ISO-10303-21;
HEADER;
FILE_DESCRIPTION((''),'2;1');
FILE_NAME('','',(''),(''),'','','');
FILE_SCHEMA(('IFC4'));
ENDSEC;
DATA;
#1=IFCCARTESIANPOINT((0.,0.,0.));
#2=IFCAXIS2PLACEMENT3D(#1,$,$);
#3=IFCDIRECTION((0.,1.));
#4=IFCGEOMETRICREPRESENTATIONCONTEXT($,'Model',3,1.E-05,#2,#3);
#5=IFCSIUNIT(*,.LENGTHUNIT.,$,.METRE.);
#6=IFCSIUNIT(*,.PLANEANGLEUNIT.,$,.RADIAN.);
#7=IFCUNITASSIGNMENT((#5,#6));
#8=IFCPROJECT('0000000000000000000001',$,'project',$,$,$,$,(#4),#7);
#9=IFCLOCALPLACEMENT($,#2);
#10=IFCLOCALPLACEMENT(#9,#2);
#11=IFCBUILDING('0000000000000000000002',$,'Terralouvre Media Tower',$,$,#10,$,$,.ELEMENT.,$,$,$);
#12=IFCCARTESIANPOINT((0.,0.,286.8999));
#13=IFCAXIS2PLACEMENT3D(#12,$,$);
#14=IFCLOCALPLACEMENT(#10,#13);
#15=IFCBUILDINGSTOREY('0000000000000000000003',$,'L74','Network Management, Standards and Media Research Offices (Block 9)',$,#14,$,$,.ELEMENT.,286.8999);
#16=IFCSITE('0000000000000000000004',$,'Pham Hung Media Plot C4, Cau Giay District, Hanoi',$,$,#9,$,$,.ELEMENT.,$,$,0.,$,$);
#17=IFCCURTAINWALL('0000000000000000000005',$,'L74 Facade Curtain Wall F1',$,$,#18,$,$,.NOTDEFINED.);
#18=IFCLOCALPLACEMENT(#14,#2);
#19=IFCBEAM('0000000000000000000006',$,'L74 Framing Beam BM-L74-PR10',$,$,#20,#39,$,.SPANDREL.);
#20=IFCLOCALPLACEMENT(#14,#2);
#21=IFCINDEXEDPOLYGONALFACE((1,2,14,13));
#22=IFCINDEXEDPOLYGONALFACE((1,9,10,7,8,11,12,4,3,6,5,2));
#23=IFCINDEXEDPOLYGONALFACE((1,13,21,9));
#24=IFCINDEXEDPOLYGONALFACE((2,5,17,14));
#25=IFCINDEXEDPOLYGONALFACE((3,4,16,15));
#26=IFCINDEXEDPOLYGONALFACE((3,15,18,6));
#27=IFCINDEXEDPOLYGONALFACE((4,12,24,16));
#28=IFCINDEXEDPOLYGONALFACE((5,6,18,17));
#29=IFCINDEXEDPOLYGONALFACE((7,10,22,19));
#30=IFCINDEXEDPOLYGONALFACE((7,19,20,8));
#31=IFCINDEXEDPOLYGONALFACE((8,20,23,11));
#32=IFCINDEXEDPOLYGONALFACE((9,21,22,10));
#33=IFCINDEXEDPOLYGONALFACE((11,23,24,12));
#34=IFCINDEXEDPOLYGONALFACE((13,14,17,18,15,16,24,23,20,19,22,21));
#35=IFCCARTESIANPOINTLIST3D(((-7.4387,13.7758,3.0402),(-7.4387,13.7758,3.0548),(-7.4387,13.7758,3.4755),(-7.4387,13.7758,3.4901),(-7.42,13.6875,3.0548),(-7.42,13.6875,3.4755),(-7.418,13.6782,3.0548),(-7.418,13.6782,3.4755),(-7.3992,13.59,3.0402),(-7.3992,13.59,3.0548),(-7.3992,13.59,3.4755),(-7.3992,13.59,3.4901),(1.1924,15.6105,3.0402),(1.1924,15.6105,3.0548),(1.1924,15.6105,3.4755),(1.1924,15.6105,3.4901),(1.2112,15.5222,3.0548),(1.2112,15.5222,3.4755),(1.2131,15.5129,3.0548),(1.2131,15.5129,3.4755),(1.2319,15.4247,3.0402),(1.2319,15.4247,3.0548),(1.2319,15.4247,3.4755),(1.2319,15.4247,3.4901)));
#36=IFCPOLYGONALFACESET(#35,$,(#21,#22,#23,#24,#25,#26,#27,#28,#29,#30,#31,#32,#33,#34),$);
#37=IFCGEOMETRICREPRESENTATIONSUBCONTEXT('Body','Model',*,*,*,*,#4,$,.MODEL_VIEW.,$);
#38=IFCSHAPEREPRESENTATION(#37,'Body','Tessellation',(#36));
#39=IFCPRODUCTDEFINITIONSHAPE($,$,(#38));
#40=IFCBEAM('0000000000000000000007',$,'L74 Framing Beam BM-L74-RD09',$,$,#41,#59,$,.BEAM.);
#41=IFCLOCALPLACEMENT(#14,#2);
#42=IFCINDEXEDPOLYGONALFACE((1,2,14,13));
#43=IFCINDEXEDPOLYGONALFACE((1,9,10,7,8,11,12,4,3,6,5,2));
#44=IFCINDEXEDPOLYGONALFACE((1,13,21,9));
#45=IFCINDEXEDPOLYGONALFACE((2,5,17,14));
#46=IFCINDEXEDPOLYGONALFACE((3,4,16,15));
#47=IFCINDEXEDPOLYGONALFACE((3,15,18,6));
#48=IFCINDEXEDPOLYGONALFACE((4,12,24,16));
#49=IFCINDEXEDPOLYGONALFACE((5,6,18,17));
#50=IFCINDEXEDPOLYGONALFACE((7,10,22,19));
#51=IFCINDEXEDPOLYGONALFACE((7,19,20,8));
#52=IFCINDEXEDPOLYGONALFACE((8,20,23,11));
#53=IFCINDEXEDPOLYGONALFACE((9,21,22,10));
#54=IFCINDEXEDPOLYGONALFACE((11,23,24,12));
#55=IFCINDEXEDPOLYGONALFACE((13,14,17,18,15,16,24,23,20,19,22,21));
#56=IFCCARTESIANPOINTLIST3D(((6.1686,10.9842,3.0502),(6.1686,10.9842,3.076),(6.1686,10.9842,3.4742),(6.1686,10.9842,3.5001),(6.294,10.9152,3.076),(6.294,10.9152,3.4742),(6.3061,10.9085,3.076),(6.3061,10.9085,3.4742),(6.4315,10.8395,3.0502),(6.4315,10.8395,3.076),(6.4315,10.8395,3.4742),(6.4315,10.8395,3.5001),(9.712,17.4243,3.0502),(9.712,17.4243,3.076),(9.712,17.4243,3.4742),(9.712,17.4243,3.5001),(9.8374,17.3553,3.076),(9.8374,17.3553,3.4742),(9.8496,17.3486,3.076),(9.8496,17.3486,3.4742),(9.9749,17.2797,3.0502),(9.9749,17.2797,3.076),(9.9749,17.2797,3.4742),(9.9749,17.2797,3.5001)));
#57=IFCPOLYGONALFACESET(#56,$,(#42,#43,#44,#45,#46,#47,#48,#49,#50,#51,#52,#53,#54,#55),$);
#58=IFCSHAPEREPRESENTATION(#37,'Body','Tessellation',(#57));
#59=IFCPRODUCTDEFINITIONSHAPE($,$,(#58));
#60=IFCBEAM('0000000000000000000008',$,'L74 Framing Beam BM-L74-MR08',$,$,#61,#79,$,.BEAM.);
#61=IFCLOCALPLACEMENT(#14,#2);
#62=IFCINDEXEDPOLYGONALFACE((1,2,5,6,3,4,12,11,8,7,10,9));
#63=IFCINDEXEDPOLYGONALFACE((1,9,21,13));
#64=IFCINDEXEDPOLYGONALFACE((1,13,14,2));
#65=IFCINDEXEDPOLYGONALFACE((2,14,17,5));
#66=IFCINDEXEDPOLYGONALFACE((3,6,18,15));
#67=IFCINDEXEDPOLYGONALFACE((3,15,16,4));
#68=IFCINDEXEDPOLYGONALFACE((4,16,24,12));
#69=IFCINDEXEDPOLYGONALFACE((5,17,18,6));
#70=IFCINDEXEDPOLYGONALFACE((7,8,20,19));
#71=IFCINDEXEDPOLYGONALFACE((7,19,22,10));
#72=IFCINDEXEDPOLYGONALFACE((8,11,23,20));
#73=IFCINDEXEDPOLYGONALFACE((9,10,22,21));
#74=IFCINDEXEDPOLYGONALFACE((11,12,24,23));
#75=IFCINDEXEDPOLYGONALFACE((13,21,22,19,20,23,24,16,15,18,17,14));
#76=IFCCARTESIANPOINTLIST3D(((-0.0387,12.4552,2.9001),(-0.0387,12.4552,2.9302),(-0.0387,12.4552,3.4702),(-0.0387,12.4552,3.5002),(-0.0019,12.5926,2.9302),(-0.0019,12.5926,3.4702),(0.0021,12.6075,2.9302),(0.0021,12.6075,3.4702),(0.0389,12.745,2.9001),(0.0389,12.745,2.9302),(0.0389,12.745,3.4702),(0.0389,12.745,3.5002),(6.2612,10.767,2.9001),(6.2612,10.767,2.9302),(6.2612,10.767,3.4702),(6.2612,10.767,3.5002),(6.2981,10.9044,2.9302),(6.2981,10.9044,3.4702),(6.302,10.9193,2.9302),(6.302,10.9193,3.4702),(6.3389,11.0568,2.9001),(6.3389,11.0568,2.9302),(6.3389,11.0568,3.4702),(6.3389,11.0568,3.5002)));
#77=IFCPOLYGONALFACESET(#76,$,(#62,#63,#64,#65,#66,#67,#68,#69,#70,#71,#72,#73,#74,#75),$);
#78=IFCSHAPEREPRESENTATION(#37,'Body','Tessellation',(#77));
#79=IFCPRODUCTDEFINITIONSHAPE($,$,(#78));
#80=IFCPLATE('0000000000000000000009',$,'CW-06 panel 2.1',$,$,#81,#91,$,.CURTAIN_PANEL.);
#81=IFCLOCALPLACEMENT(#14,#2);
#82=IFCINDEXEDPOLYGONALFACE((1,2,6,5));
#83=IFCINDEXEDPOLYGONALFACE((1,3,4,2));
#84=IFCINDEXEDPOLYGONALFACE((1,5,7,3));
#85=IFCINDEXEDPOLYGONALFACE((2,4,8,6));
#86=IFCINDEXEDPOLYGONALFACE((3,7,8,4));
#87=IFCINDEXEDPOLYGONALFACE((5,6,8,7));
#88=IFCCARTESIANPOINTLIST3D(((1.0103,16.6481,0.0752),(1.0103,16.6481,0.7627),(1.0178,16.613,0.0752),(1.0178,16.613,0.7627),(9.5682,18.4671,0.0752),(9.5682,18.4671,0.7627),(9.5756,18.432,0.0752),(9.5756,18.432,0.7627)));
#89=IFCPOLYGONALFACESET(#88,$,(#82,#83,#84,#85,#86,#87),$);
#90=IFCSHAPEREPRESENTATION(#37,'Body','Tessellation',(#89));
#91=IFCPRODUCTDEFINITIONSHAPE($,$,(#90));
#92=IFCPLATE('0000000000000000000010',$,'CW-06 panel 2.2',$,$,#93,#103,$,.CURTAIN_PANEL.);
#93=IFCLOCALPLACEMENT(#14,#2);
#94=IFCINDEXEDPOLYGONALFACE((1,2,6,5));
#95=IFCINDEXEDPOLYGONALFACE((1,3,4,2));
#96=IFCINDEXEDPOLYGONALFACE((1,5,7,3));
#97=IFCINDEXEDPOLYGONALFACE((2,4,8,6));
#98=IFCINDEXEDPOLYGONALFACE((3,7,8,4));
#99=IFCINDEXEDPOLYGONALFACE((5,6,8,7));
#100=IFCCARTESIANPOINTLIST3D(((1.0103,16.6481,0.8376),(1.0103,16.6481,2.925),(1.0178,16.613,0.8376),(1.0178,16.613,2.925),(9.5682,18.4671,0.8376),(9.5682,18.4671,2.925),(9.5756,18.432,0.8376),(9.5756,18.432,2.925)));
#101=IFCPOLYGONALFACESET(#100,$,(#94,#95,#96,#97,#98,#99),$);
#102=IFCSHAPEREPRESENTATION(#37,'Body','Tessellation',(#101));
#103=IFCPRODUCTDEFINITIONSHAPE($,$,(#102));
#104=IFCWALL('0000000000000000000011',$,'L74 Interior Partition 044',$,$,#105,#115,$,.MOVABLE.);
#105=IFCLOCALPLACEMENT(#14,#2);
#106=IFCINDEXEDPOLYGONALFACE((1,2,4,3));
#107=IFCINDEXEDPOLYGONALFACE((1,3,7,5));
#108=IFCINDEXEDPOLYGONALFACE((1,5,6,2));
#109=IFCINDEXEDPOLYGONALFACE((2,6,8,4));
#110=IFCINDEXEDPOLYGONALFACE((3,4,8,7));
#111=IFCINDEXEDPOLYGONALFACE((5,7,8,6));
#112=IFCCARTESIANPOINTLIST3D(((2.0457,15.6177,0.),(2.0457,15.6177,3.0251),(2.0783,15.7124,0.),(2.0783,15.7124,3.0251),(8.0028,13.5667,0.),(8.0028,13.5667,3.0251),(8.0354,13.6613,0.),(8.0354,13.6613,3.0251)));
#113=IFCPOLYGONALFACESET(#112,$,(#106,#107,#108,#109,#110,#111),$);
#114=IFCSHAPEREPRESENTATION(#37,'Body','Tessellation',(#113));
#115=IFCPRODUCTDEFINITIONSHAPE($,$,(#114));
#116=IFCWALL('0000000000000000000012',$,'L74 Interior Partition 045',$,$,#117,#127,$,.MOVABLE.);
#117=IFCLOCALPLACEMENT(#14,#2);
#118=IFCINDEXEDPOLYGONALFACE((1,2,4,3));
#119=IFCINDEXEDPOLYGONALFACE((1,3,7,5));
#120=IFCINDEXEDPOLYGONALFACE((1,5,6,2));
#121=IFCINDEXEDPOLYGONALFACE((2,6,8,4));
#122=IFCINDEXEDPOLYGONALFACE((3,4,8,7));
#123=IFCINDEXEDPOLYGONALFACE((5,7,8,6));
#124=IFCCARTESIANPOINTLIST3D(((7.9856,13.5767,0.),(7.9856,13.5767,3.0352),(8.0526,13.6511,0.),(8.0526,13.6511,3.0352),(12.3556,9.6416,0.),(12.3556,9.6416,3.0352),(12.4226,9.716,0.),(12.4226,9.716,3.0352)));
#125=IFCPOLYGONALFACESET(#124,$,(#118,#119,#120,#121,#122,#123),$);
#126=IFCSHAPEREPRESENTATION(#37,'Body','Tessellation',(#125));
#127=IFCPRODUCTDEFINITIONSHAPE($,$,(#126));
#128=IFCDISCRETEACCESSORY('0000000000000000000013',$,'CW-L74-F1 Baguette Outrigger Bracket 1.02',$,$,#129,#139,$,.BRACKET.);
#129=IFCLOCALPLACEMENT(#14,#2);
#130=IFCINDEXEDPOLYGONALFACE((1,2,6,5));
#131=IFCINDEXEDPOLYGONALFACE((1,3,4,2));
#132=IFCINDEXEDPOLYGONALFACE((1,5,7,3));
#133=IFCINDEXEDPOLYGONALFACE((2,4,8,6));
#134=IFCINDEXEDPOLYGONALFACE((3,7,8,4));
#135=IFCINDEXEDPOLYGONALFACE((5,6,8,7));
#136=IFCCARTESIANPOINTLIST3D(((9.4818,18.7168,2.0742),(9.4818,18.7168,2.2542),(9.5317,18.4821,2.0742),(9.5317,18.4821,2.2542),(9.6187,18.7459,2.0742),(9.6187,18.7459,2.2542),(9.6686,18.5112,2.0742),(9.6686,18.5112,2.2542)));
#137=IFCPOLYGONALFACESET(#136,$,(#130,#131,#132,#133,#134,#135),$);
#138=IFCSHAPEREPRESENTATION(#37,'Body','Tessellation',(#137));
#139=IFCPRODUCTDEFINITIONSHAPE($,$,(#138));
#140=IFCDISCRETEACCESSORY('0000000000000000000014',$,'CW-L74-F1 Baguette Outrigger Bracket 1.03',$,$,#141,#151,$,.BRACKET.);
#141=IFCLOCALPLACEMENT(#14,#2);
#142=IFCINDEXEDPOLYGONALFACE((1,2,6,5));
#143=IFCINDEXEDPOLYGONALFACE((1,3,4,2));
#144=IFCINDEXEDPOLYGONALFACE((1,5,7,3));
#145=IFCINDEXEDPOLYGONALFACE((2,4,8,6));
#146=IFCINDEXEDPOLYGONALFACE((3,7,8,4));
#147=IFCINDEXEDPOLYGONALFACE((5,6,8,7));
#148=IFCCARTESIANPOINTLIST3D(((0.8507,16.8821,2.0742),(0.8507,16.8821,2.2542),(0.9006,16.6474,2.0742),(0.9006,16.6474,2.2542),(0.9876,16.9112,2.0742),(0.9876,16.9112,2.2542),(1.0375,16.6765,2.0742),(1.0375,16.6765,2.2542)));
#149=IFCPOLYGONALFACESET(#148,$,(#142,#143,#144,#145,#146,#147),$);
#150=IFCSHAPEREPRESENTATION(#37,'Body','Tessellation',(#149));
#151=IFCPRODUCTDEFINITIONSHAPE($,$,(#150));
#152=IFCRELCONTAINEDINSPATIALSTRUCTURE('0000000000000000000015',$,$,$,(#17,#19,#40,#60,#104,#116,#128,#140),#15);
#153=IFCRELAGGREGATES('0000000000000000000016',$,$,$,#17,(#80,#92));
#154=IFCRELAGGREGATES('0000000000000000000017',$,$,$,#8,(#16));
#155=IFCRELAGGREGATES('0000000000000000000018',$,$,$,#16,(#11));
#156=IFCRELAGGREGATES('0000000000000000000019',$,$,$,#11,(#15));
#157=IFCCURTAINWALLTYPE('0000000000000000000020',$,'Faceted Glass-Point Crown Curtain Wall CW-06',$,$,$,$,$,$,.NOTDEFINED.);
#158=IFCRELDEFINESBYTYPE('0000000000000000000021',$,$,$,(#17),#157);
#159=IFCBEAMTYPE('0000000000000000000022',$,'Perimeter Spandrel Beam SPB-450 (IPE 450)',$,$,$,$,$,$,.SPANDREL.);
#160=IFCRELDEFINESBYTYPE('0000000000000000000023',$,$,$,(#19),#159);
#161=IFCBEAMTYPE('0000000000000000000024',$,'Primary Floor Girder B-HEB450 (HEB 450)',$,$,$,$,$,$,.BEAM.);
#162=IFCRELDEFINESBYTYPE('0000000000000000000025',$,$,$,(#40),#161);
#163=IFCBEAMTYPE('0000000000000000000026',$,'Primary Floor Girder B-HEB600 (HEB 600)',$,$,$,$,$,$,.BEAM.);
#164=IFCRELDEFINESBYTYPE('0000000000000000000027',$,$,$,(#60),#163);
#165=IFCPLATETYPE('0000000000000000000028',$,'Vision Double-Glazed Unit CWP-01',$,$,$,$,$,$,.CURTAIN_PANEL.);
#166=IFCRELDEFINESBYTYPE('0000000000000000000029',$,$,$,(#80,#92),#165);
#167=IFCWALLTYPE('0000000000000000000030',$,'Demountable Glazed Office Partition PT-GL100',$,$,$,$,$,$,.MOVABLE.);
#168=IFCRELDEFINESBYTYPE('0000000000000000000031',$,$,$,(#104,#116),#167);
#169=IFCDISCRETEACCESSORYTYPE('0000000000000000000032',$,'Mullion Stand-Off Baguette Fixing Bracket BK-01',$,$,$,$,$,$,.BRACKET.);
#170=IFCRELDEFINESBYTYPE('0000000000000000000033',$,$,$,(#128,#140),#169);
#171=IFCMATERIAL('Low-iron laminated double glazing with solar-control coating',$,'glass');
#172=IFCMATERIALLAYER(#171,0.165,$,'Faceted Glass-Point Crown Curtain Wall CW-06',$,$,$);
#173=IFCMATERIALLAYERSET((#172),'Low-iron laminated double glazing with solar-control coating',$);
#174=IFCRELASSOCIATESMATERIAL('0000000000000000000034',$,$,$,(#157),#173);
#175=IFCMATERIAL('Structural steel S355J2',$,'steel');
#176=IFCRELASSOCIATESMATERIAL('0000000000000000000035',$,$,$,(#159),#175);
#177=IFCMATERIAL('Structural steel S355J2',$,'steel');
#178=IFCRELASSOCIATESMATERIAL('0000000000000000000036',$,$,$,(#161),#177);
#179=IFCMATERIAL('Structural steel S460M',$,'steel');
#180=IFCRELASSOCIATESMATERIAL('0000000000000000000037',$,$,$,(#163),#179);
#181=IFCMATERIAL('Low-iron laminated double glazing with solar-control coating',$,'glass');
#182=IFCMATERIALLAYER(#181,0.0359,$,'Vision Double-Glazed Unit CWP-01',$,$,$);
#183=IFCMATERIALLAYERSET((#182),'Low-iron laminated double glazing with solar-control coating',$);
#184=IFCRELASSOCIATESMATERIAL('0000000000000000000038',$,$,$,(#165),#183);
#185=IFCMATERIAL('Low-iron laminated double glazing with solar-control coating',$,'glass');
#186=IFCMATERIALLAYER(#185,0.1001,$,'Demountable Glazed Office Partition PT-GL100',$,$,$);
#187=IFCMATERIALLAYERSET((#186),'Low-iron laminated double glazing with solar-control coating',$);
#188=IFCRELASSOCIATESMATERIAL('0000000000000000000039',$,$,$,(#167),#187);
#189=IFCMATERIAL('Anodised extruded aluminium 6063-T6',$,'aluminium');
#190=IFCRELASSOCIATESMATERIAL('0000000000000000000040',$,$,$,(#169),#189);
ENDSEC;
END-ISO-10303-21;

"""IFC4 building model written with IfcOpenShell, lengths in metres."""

from ifc_helpers import new_model, si_unit, direction, frame, frame_2d, origin, origin_2d, place, context, subcontext, project, spatial, rectangle, i_section, extrude, material, layer, layer_set, material_profile, profile_set, type_object, element, aggregate, save


model = new_model("IFC4")

# Units and contexts
model_context = context("Model", 3, precision=1e-05, world=origin(), true_north=direction((0.0, 1.0)))
body_context = subcontext(model_context, "Body", "Model", "MODEL_VIEW")
ifc_project = project(units=[si_unit("LENGTHUNIT", "METRE"), si_unit("PLANEANGLEUNIT", "RADIAN")], contexts=[model_context])

# Site, building, storey
site_placement = place(None, origin())
site = spatial("IfcSite", under=ifc_project, at=site_placement, Name="Pham Hung Media Plot C4, Cau Giay District, Hanoi", CompositionType="ELEMENT", RefElevation=0.0)
building_placement = place(site_placement, origin())
building = spatial("IfcBuilding", under=site, at=building_placement, Name="Terralouvre Media Tower", CompositionType="ELEMENT")
storey_placement = place(building_placement, frame((0.0, 0.0, 286.8999)))
storey = spatial("IfcBuildingStorey", under=building, at=storey_placement, Name="L74", Description="Network Management, Standards and Media Research Offices (Block 9)", CompositionType="ELEMENT", Elevation=286.8999)

# Curtain wall
ifc_material_1 = material(Name="Low-iron laminated double glazing with solar-control coating", Category="glass")
ifc_layer_1 = layer(ifc_material_1, 0.165, Name="Faceted Glass-Point Crown Curtain Wall CW-06")
ifc_layer_set_1 = layer_set([ifc_layer_1], Name="Low-iron laminated double glazing with solar-control coating")
curtain_wall_type = type_object("IfcCurtainWallType", Name="Faceted Glass-Point Crown Curtain Wall CW-06", PredefinedType="NOTDEFINED", material=ifc_layer_set_1)
curtain_wall_placement = place(storey_placement, origin())
curtain_wall = element("IfcCurtainWall", 1, at=curtain_wall_placement, inside=storey, type_object=curtain_wall_type, Name="L74 Facade Curtain Wall F1", PredefinedType="NOTDEFINED")

# Beams
ifc_material_2 = material(Name="Structural steel S355J2", Category="steel")
ifc_material_profile_1 = material_profile(ifc_material_2, i_section(OverallWidth=0.1899, OverallDepth=0.45, WebThickness=0.0095, FlangeThickness=0.0146, at=origin_2d()), Name="IPE 450")
ifc_profile_set_1 = profile_set([ifc_material_profile_1], Name="Structural steel S355J2")
beam_type_1 = type_object("IfcBeamType", Name="Perimeter Spandrel Beam SPB-450 (IPE 450)", PredefinedType="SPANDREL", material=ifc_profile_set_1)
beam_1_placement = place(storey_placement, frame((1.2122, 15.5176, 3.2651), z_axis=(-0.978145, -0.207925, 0.0), x_axis=(0.207925, -0.978145, 0.0)))
element("IfcBeam", 2, at=beam_1_placement, inside=storey, type_object=beam_type_1, Name="L74 Framing Beam BM-L74-PR10", PredefinedType="SPANDREL", context=body_context, shape_type="SweptSolid", body=[
    extrude(i_section(OverallWidth=0.1899, OverallDepth=0.45, WebThickness=0.0095, FlangeThickness=0.0146, at=origin_2d()), origin(), (0.0, 0.0, 1.0), 8.824),
])
ifc_material_3 = material(Name="Structural steel S355J2", Category="steel")
ifc_material_profile_2 = material_profile(ifc_material_3, i_section(OverallWidth=0.3, OverallDepth=0.45, WebThickness=0.0139, FlangeThickness=0.0259, at=origin_2d()), Name="HEB 450")
ifc_profile_set_2 = profile_set([ifc_material_profile_2], Name="Structural steel S355J2")
beam_type_2 = type_object("IfcBeamType", Name="Primary Floor Girder B-HEB450 (HEB 450)", PredefinedType="BEAM", material=ifc_profile_set_2)
beam_2_placement = place(storey_placement, frame((6.3, 10.9119, 3.2751), z_axis=(0.48206, 0.876138, 0.0), x_axis=(-0.876138, 0.48206, 0.0)))
element("IfcBeam", 3, at=beam_2_placement, inside=storey, type_object=beam_type_2, Name="L74 Framing Beam BM-L74-RD09", PredefinedType="BEAM", context=body_context, shape_type="SweptSolid", body=[
    extrude(i_section(OverallWidth=0.3, OverallDepth=0.45, WebThickness=0.0139, FlangeThickness=0.0259, at=origin_2d()), origin(), (0.0, 0.0, 1.0), 7.3506),
])
ifc_material_4 = material(Name="Structural steel S460M", Category="steel")
ifc_material_profile_3 = material_profile(ifc_material_4, i_section(OverallWidth=0.3, OverallDepth=0.6001, WebThickness=0.0154, FlangeThickness=0.03, at=origin_2d()), Name="HEB 600")
ifc_profile_set_3 = profile_set([ifc_material_profile_3], Name="Structural steel S460M")
beam_type_3 = type_object("IfcBeamType", Name="Primary Floor Girder B-HEB600 (HEB 600)", PredefinedType="BEAM", material=ifc_profile_set_3)
beam_3_placement = place(storey_placement, frame((6.3, 10.9119, 3.2002), z_axis=(-0.96592, 0.258839, 0.0), x_axis=(-0.258839, -0.96592, 0.0)))
element("IfcBeam", 4, at=beam_3_placement, inside=storey, type_object=beam_type_3, Name="L74 Framing Beam BM-L74-MR08", PredefinedType="BEAM", context=body_context, shape_type="SweptSolid", body=[
    extrude(i_section(OverallWidth=0.3, OverallDepth=0.6001, WebThickness=0.0154, FlangeThickness=0.03, at=origin_2d()), origin(), (0.0, 0.0, 1.0), 6.5222),
])

# Plates
ifc_material_5 = material(Name="Low-iron laminated double glazing with solar-control coating", Category="glass")
ifc_layer_2 = layer(ifc_material_5, 0.0359, Name="Vision Double-Glazed Unit CWP-01")
ifc_layer_set_2 = layer_set([ifc_layer_2], Name="Low-iron laminated double glazing with solar-control coating")
plate_type = type_object("IfcPlateType", Name="Vision Double-Glazed Unit CWP-01", PredefinedType="CURTAIN_PANEL", material=ifc_layer_set_2)
plate_1_placement = place(storey_placement, frame((5.293, 17.54, 0.0752), z_axis=(0.0, 0.0, 1.0), x_axis=(-0.978148, -0.207912, 0.0)))
plate_1 = element("IfcPlate", 5, at=plate_1_placement, type_object=plate_type, Name="CW-06 panel 2.1", PredefinedType="CURTAIN_PANEL", context=body_context, shape_type="SweptSolid", body=[
    extrude(rectangle(XDim=8.749, YDim=0.0359, at=origin_2d()), origin(), (0.0, 0.0, 1.0), 0.6875),
])
plate_2_placement = place(storey_placement, frame((5.293, 17.54, 0.8376), z_axis=(0.0, 0.0, 1.0), x_axis=(-0.978148, -0.207912, 0.0)))
plate_2 = element("IfcPlate", 6, at=plate_2_placement, type_object=plate_type, Name="CW-06 panel 2.2", PredefinedType="CURTAIN_PANEL", context=body_context, shape_type="SweptSolid", body=[
    extrude(rectangle(XDim=8.749, YDim=0.0359, at=origin_2d()), origin(), (0.0, 0.0, 1.0), 2.0874),
])
aggregate(curtain_wall, [plate_1, plate_2])

# Walls
ifc_material_6 = material(Name="Low-iron laminated double glazing with solar-control coating", Category="glass")
ifc_layer_3 = layer(ifc_material_6, 0.1001, Name="Demountable Glazed Office Partition PT-GL100")
ifc_layer_set_3 = layer_set([ifc_layer_3], Name="Low-iron laminated double glazing with solar-control coating")
wall_type = type_object("IfcWallType", Name="Demountable Glazed Office Partition PT-GL100", PredefinedType="MOVABLE", material=ifc_layer_set_3)
wall_1_placement = place(storey_placement, frame((2.062, 15.665, 0.0), z_axis=(0.0, 0.0, 1.0), x_axis=(0.945526, -0.325548, 0.0)))
element("IfcWall", 7, at=wall_1_placement, inside=storey, type_object=wall_type, Name="L74 Interior Partition 044", PredefinedType="MOVABLE", context=body_context, shape_type="SweptSolid", body=[
    extrude(rectangle(XDim=6.3003, YDim=0.1001, at=frame_2d((3.1501, 0.0))), origin(), (0.0, 0.0, 1.0), 3.0251),
])
wall_2_placement = place(storey_placement, frame((8.019, 13.614, 0.0), z_axis=(0.0, 0.0, 1.0), x_axis=(0.74311, -0.669169, 0.0)))
element("IfcWall", 8, at=wall_2_placement, inside=storey, type_object=wall_type, Name="L74 Interior Partition 045", PredefinedType="MOVABLE", context=body_context, shape_type="SweptSolid", body=[
    extrude(rectangle(XDim=5.8806, YDim=0.1001, at=frame_2d((2.9404, 0.0))), origin(), (0.0, 0.0, 1.0), 3.0352),
])

# Discrete accessories
ifc_material_7 = material(Name="Anodised extruded aluminium 6063-T6", Category="aluminium")
discrete_accessory_type = type_object("IfcDiscreteAccessoryType", Name="Mullion Stand-Off Baguette Fixing Bracket BK-01", PredefinedType="BRACKET", material=ifc_material_7)
for number, where, z_axis, x_axis, name in (
    (9, (9.5752, 18.614, 2.0742), (0.0, 0.0, 1.0), (-0.978148, -0.207912, 0.0), "CW-L74-F1 Baguette Outrigger Bracket 1.02"),
    (10, (0.9441, 16.7793, 2.0742), (0.0, 0.0, 1.0), (-0.978148, -0.207912, 0.0), "CW-L74-F1 Baguette Outrigger Bracket 1.03"),
):
    element("IfcDiscreteAccessory", number, at=place(storey_placement, frame(where, z_axis=z_axis, x_axis=x_axis)), inside=storey, type_object=discrete_accessory_type, Name=name, PredefinedType="BRACKET", context=body_context, shape_type="SweptSolid", body=[
        extrude(rectangle(XDim=0.1399, YDim=0.24, at=origin_2d()), origin(), (0.0, 0.0, 1.0), 0.1799),
    ])

save(model, "model.ifc")
